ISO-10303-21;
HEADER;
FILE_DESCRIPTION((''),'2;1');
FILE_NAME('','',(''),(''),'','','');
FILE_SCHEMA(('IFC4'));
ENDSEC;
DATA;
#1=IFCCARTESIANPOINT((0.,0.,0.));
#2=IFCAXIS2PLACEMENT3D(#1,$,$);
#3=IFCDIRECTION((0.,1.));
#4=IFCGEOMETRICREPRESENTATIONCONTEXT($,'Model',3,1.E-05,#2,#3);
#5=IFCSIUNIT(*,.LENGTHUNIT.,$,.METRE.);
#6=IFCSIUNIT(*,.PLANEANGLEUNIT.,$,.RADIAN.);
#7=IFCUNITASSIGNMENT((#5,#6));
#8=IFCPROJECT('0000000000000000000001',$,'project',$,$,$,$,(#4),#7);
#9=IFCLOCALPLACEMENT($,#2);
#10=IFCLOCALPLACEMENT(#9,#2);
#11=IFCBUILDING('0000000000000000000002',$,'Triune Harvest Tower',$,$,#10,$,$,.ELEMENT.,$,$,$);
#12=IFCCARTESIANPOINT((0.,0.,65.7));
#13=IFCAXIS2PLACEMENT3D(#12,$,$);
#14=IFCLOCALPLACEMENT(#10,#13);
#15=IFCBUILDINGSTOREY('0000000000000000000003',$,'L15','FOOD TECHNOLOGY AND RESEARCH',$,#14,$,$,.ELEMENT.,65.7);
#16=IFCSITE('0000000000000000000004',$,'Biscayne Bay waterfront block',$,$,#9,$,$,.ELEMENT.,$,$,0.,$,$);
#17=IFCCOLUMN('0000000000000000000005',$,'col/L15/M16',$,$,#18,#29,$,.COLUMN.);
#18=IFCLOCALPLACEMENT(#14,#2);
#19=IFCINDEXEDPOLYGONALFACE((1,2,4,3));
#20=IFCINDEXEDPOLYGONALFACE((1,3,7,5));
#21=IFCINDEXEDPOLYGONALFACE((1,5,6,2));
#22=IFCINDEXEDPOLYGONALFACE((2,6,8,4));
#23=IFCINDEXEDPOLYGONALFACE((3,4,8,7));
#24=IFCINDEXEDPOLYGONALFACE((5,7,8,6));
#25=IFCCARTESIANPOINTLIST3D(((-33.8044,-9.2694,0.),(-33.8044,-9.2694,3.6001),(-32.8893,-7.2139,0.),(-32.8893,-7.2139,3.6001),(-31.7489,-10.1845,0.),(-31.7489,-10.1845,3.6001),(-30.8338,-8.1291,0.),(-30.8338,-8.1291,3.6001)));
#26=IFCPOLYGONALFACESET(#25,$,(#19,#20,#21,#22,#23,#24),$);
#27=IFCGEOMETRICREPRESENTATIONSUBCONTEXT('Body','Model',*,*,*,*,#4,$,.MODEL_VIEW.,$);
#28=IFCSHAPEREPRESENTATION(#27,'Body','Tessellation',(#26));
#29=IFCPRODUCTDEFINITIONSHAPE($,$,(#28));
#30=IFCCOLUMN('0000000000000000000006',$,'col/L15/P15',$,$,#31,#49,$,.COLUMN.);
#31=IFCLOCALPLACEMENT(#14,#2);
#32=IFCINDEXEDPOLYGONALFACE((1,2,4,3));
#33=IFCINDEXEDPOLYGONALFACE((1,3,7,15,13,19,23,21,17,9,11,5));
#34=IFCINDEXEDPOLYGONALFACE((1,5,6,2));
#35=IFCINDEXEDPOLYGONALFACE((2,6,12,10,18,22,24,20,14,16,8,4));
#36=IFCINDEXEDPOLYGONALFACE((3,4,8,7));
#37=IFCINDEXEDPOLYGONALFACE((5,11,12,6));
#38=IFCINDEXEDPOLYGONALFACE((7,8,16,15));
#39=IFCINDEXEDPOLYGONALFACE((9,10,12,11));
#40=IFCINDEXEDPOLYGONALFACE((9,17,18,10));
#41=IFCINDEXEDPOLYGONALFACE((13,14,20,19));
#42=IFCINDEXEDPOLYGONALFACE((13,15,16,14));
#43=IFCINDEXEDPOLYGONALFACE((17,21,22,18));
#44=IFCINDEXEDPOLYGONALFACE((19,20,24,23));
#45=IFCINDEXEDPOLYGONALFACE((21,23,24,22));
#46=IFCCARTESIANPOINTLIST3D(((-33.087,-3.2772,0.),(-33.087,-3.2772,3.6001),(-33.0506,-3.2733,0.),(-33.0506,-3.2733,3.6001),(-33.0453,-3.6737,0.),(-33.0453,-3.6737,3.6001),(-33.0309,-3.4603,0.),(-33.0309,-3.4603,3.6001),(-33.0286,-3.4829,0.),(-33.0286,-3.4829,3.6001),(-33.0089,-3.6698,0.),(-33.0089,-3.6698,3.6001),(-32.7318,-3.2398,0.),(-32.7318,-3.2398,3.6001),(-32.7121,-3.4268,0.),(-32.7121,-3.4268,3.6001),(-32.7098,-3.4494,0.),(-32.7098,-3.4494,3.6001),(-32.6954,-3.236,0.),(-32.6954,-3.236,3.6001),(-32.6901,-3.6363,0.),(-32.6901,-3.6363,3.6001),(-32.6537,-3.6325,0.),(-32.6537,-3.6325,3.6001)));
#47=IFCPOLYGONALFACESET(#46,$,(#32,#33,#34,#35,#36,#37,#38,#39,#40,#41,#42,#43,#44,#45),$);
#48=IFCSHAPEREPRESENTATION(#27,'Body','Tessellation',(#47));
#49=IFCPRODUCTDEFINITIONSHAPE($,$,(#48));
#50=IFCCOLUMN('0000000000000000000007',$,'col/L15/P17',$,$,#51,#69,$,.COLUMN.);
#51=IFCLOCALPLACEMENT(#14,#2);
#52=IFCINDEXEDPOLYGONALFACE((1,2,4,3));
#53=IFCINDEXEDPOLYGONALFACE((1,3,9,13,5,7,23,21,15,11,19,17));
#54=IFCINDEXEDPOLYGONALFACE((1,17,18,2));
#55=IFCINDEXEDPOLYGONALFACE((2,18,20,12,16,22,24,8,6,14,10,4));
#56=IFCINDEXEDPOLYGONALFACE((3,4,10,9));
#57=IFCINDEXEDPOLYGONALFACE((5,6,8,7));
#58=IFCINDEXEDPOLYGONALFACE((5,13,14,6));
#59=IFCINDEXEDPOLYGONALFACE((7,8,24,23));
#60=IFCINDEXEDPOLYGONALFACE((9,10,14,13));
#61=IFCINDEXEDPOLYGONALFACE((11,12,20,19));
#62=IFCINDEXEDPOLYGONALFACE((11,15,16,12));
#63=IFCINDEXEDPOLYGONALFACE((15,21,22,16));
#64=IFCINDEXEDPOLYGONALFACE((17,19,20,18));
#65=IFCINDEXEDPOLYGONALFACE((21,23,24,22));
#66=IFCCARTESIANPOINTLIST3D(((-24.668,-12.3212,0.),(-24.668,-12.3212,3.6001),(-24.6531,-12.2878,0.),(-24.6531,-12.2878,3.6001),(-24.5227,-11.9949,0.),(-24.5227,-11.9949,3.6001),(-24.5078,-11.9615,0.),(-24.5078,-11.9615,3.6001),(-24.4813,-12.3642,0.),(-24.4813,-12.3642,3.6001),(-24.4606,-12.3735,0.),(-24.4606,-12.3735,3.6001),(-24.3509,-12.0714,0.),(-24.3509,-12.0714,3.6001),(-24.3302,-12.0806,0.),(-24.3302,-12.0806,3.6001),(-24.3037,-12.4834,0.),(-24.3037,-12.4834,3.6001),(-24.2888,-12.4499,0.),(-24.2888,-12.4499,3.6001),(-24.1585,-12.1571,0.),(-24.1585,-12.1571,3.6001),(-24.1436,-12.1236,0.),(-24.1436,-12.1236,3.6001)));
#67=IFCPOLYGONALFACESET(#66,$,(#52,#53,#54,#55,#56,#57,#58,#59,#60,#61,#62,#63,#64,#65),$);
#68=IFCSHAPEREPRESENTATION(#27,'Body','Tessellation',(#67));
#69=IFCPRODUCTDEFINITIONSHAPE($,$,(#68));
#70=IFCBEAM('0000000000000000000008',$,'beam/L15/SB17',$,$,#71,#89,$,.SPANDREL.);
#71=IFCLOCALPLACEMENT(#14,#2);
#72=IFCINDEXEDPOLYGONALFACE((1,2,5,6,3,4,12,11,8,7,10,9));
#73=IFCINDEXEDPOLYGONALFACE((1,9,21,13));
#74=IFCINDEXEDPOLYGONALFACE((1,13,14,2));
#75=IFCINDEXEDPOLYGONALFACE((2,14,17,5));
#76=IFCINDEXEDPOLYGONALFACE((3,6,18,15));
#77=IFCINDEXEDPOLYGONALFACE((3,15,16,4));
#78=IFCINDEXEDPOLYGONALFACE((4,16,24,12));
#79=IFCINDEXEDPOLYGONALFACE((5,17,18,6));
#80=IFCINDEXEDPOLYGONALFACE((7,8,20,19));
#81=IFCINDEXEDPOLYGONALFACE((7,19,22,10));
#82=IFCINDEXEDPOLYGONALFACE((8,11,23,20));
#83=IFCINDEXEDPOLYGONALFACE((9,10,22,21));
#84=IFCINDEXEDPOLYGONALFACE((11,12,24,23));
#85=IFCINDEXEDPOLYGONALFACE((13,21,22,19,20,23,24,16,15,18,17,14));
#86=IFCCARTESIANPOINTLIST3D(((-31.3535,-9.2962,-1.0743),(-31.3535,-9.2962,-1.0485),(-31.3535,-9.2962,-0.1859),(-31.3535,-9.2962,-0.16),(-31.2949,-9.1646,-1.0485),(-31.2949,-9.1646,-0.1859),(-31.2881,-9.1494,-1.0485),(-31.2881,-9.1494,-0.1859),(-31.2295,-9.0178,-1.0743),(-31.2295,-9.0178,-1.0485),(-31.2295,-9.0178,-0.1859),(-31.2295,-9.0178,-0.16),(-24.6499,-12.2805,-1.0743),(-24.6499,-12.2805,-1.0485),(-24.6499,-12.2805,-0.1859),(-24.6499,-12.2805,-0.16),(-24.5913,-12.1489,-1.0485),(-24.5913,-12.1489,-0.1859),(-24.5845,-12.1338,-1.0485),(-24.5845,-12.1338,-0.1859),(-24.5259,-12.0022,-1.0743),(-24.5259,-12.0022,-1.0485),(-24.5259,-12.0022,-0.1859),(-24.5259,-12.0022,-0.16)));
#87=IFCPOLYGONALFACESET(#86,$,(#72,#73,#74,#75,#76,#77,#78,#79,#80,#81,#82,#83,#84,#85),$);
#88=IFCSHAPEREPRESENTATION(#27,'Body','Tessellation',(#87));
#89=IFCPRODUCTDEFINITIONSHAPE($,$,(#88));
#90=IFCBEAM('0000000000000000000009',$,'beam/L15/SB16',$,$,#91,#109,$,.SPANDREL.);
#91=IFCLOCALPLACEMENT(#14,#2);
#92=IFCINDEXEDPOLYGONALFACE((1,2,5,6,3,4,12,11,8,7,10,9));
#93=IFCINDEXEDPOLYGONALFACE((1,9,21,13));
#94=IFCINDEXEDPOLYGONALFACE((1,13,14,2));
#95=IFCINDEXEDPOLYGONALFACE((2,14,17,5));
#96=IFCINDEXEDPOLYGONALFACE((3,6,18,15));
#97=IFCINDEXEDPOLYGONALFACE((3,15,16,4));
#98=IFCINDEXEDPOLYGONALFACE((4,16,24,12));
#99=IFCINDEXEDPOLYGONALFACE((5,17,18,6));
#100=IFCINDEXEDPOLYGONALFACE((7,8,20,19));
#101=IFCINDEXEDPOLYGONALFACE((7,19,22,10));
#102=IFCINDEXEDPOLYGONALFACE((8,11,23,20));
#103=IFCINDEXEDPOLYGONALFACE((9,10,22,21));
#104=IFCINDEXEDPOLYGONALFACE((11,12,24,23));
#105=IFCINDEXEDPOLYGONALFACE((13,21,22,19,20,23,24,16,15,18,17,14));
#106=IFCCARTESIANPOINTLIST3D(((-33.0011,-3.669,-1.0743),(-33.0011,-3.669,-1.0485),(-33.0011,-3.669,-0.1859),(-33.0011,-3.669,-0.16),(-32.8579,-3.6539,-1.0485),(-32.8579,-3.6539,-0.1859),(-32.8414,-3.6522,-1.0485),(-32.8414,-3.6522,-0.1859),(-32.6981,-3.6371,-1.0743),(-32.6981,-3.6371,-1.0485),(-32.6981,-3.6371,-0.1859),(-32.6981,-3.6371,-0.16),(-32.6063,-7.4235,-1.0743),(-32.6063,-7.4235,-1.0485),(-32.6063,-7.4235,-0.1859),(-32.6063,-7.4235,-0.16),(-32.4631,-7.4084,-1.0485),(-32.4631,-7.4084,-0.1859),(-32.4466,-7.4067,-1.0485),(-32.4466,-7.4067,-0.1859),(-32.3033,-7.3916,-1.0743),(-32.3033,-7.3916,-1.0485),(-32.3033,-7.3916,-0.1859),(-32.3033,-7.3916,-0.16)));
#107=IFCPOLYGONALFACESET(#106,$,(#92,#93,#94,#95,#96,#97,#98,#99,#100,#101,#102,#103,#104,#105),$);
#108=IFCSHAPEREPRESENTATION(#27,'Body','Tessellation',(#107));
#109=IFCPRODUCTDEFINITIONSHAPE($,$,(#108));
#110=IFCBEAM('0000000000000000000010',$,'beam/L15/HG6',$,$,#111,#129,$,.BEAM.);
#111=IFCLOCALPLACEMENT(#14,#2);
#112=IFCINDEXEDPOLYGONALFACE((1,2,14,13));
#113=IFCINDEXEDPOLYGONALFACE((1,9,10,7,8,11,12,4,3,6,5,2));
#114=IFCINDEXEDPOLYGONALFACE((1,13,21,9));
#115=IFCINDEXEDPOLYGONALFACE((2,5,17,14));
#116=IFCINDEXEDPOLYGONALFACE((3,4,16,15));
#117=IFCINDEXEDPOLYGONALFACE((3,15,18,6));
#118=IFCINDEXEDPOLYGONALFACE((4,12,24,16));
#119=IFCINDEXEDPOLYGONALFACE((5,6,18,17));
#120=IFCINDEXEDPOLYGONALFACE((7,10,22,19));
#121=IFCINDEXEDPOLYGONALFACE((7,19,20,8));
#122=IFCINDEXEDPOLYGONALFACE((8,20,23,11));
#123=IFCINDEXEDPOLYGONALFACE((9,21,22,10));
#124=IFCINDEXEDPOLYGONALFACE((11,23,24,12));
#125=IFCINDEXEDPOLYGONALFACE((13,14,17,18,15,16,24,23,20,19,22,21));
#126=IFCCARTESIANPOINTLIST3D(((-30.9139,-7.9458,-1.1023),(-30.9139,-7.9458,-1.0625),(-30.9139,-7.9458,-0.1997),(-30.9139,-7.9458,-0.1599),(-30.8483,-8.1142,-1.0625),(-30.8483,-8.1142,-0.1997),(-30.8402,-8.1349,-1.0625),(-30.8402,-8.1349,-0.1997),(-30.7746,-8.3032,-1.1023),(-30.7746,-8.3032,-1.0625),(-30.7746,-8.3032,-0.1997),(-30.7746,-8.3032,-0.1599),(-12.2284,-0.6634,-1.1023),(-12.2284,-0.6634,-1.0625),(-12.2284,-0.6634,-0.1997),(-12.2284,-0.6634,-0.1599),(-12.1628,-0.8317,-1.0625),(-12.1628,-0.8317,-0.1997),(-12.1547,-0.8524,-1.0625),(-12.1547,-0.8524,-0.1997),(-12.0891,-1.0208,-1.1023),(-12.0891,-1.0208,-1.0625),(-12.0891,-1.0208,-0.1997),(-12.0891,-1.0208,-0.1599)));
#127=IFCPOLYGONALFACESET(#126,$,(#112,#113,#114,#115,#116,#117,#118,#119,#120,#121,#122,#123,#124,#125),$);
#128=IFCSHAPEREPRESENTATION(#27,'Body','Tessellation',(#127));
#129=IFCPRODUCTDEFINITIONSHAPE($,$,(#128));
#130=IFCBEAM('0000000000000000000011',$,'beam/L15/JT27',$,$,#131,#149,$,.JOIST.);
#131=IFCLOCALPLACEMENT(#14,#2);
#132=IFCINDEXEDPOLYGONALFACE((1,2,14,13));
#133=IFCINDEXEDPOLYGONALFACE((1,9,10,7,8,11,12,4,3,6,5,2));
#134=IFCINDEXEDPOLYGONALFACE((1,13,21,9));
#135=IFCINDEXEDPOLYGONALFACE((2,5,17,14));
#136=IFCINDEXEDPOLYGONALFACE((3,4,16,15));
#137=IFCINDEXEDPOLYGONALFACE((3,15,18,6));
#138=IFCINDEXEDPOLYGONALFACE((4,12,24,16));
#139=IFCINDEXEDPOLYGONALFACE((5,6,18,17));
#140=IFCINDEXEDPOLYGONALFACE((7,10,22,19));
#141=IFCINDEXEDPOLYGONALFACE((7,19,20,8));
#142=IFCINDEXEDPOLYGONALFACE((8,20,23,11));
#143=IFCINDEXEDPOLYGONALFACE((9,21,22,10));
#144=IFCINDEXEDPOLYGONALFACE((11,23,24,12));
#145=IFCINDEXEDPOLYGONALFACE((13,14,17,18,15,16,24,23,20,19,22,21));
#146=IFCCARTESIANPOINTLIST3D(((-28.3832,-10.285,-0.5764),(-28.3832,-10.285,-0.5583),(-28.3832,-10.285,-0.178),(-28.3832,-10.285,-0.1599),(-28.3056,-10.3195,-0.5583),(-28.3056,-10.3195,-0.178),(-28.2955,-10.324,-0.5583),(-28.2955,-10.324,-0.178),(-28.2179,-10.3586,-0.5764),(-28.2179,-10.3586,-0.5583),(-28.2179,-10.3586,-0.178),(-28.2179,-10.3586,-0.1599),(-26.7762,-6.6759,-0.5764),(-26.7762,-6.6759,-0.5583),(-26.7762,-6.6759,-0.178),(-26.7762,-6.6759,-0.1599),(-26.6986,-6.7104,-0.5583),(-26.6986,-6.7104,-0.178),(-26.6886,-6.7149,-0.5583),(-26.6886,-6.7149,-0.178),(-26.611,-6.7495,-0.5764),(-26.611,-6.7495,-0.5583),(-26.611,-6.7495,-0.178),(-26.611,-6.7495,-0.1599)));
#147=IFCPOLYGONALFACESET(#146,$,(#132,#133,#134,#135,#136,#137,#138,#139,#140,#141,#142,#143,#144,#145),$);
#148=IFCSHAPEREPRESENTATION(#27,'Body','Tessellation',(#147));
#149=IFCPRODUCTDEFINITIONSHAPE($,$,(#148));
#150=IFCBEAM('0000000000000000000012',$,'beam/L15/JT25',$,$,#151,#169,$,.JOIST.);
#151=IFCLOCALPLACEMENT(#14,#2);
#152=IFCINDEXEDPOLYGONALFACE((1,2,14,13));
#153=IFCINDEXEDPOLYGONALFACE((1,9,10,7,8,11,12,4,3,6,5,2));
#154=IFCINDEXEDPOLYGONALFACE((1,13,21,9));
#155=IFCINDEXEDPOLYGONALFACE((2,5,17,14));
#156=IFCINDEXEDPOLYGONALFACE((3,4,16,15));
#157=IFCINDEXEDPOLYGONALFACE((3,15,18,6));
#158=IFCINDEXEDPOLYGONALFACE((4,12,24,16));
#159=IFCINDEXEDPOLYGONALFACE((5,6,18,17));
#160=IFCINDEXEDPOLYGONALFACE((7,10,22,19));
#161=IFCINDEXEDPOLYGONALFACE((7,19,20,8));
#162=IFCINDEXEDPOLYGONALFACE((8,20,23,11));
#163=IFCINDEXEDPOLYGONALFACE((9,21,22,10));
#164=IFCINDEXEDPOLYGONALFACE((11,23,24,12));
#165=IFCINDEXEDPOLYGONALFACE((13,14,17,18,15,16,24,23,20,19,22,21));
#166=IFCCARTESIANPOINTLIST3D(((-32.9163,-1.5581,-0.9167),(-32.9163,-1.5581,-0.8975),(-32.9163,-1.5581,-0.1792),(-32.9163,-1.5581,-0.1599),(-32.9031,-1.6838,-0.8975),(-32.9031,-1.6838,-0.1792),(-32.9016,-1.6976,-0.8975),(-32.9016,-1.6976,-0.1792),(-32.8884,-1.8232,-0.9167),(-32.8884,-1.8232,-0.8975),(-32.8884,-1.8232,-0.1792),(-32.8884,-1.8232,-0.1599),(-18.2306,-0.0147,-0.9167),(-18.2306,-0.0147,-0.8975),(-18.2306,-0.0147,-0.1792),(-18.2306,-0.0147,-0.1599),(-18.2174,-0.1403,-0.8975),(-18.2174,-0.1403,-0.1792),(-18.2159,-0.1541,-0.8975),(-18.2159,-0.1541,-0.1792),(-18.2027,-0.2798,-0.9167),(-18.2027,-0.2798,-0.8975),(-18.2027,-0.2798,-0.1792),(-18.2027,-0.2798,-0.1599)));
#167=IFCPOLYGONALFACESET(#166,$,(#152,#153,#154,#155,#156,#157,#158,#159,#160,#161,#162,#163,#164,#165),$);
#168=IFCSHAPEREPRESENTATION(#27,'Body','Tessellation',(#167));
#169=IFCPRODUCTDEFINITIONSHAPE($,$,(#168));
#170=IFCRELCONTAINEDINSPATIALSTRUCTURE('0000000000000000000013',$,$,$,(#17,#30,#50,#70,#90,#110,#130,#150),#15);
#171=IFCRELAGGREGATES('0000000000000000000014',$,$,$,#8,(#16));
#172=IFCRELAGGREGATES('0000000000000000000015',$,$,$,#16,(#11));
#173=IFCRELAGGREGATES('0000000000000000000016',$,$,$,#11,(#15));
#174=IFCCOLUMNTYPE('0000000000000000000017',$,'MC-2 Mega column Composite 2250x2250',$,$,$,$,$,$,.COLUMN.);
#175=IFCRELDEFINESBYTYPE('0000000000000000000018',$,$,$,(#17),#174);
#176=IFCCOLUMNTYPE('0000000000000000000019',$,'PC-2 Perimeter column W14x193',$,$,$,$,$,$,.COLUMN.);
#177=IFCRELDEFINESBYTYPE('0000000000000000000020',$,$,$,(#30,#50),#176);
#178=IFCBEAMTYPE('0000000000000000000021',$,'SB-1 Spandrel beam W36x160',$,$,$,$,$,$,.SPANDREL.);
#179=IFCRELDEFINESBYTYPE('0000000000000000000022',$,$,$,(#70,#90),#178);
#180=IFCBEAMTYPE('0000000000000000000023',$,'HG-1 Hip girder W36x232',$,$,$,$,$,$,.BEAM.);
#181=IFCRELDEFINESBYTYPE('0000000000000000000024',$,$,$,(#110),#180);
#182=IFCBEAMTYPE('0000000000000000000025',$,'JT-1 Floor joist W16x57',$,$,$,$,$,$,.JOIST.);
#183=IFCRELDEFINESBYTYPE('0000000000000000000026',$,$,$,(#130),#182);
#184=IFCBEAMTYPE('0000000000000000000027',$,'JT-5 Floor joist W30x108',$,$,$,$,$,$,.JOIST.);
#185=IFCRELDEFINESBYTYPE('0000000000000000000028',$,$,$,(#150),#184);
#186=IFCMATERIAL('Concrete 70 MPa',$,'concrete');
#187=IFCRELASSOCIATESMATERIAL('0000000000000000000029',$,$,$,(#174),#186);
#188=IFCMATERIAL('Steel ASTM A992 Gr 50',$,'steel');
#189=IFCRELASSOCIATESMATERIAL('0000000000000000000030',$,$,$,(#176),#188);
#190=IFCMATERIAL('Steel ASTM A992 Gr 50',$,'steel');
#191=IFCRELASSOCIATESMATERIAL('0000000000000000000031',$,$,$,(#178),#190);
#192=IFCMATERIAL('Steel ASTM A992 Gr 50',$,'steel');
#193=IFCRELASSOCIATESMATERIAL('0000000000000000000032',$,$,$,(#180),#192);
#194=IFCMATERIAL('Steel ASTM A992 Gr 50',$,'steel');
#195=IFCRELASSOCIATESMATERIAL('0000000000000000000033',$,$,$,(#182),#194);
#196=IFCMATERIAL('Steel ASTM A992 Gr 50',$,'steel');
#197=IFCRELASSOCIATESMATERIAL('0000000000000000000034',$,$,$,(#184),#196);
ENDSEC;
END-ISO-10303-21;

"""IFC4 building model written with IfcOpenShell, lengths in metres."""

from ifc_helpers import new_model, si_unit, direction, frame, origin, origin_2d, place, context, subcontext, project, spatial, rectangle, i_section, extrude, source, transform, mapped, material, material_profile, profile_set, type_object, element, save


model = new_model("IFC4")

# Units and contexts
model_context = context("Model", 3, precision=1e-05, world=origin(), true_north=direction((0.0, 1.0)))
body_context = subcontext(model_context, "Body", "Model", "MODEL_VIEW")
ifc_project = project(units=[si_unit("LENGTHUNIT", "METRE"), si_unit("PLANEANGLEUNIT", "RADIAN")], contexts=[model_context])

# Site, building, storey
site_placement = place(None, origin())
site = spatial("IfcSite", under=ifc_project, at=site_placement, Name="Biscayne Bay waterfront block", CompositionType="ELEMENT", RefElevation=0.0)
building_placement = place(site_placement, origin())
building = spatial("IfcBuilding", under=site, at=building_placement, Name="Triune Harvest Tower", CompositionType="ELEMENT")
storey_placement = place(building_placement, frame((0.0, 0.0, 65.7)))
storey = spatial("IfcBuildingStorey", under=building, at=storey_placement, Name="L15", Description="FOOD TECHNOLOGY AND RESEARCH", CompositionType="ELEMENT", Elevation=65.7)

# Columns
ifc_material_1 = material(Name="Concrete 70 MPa", Category="concrete")
ifc_material_profile_1 = material_profile(ifc_material_1, rectangle(XDim=2.25, YDim=2.25, at=origin_2d()), Name="Composite 2250x2250")
ifc_profile_set_1 = profile_set([ifc_material_profile_1], Name="Concrete 70 MPa")
column_type_1 = type_object("IfcColumnType", Name="MC-2 Mega column Composite 2250x2250", PredefinedType="COLUMN", material=ifc_profile_set_1)
shared_shape_1 = source(origin(), body_context, "Body", "SweptSolid", [
    extrude(rectangle(XDim=2.25, YDim=2.25, at=origin_2d()), origin(), (0.0, 0.0, 1.0), 3.6001),
])
column_placement = place(storey_placement, frame((-32.3191, -8.6992, 0.0), z_axis=(0.0, 0.0, 1.0), x_axis=(0.913545, -0.406737, 0.0)))
element("IfcColumn", 1, at=column_placement, inside=storey, type_object=column_type_1, Name="col/L15/M16", PredefinedType="COLUMN", context=body_context, shape_type="MappedRepresentation", body=[
    mapped(shared_shape_1, transform((0.0, 0.0, 0.0), scale=1.0)),
])
ifc_material_2 = material(Name="Steel ASTM A992 Gr 50", Category="steel")
ifc_material_profile_2 = material_profile(ifc_material_2, i_section(OverallWidth=0.3987, OverallDepth=0.3938, WebThickness=0.0227, FlangeThickness=0.0366, at=origin_2d()), Name="W14x193")
ifc_profile_set_2 = profile_set([ifc_material_profile_2], Name="Steel ASTM A992 Gr 50")
column_type_2 = type_object("IfcColumnType", Name="PC-2 Perimeter column W14x193", PredefinedType="COLUMN", material=ifc_profile_set_2)
shared_shape_2 = source(origin(), body_context, "Body", "SweptSolid", [
    extrude(i_section(OverallWidth=0.3987, OverallDepth=0.3938, WebThickness=0.0227, FlangeThickness=0.0366, at=origin_2d()), origin(), (0.0, 0.0, 1.0), 3.6001),
])
for number, where, z_axis, x_axis, name in (
    (2, (-32.8704, -3.4548, 0.0), (0.0, 0.0, 1.0), (0.104528, -0.994522, 0.0), "col/L15/P15"),
    (3, (-24.4058, -12.2224, 0.0), (0.0, 0.0, 1.0), (0.913545, -0.406737, 0.0), "col/L15/P17"),
):
    element("IfcColumn", number, at=place(storey_placement, frame(where, z_axis=z_axis, x_axis=x_axis)), inside=storey, type_object=column_type_2, Name=name, PredefinedType="COLUMN", context=body_context, shape_type="MappedRepresentation", body=[
        mapped(shared_shape_2, transform((0.0, 0.0, 0.0), scale=1.0)),
    ])

# Beams
ifc_material_3 = material(Name="Steel ASTM A992 Gr 50", Category="steel")
ifc_material_profile_3 = material_profile(ifc_material_3, i_section(OverallWidth=0.3047, OverallDepth=0.9143, WebThickness=0.0166, FlangeThickness=0.0259, at=origin_2d()), Name="W36x160")
ifc_profile_set_3 = profile_set([ifc_material_profile_3], Name="Steel ASTM A992 Gr 50")
beam_type_1 = type_object("IfcBeamType", Name="SB-1 Spandrel beam W36x160", PredefinedType="SPANDREL", material=ifc_profile_set_3)
shared_shape_3 = source(origin(), body_context, "Body", "SweptSolid", [
    extrude(i_section(OverallWidth=0.3047, OverallDepth=0.9143, WebThickness=0.0166, FlangeThickness=0.0259, at=origin_2d()), origin(), (0.0, 0.0, 1.0), 7.3379),
])
beam_1_placement = place(storey_placement, frame((-31.2915, -9.157, -0.6172), z_axis=(0.913559, -0.406706, 0.0), x_axis=(0.406706, 0.913559, 0.0)))
element("IfcBeam", 4, at=beam_1_placement, inside=storey, type_object=beam_type_1, Name="beam/L15/SB17", PredefinedType="SPANDREL", context=body_context, shape_type="MappedRepresentation", body=[
    mapped(shared_shape_3, transform((0.0, 0.0, 0.0), scale=1.0)),
])
shared_shape_4 = source(origin(), body_context, "Body", "SweptSolid", [
    extrude(i_section(OverallWidth=0.3047, OverallDepth=0.9143, WebThickness=0.0166, FlangeThickness=0.0259, at=origin_2d()), origin(), (0.0, 0.0, 1.0), 3.7751),
])
beam_2_placement = place(storey_placement, frame((-32.8496, -3.6531, -0.6172), z_axis=(0.104574, -0.994517, 0.0), x_axis=(0.994517, 0.104574, 0.0)))
element("IfcBeam", 5, at=beam_2_placement, inside=storey, type_object=beam_type_1, Name="beam/L15/SB16", PredefinedType="SPANDREL", context=body_context, shape_type="MappedRepresentation", body=[
    mapped(shared_shape_4, transform((0.0, 0.0, 0.0), scale=1.0)),
])
ifc_material_4 = material(Name="Steel ASTM A992 Gr 50", Category="steel")
ifc_material_profile_4 = material_profile(ifc_material_4, i_section(OverallWidth=0.3835, OverallDepth=0.9424, WebThickness=0.0222, FlangeThickness=0.0398, at=origin_2d()), Name="W36x232")
ifc_profile_set_4 = profile_set([ifc_material_profile_4], Name="Steel ASTM A992 Gr 50")
beam_type_2 = type_object("IfcBeamType", Name="HG-1 Hip girder W36x232", PredefinedType="BEAM", material=ifc_profile_set_4)
shared_shape_5 = source(origin(), body_context, "Body", "SweptSolid", [
    extrude(i_section(OverallWidth=0.3835, OverallDepth=0.9424, WebThickness=0.0222, FlangeThickness=0.0398, at=origin_2d()), origin(), (0.0, 0.0, 1.0), 20.0544),
])
beam_3_placement = place(storey_placement, frame((-30.8442, -8.1245, -0.6311), z_axis=(0.931737, 0.363134, 0.0), x_axis=(-0.363134, 0.931737, 0.0)))
element("IfcBeam", 6, at=beam_3_placement, inside=storey, type_object=beam_type_2, Name="beam/L15/HG6", PredefinedType="BEAM", context=body_context, shape_type="MappedRepresentation", body=[
    mapped(shared_shape_5, transform((0.0, 0.0, 0.0), scale=1.0)),
])
ifc_material_5 = material(Name="Steel ASTM A992 Gr 50", Category="steel")
ifc_material_profile_5 = material_profile(ifc_material_5, i_section(OverallWidth=0.1809, OverallDepth=0.4165, WebThickness=0.011, FlangeThickness=0.0181, at=origin_2d()), Name="W16x57")
ifc_profile_set_5 = profile_set([ifc_material_profile_5], Name="Steel ASTM A992 Gr 50")
beam_type_3 = type_object("IfcBeamType", Name="JT-1 Floor joist W16x57", PredefinedType="JOIST", material=ifc_profile_set_5)
shared_shape_6 = source(origin(), body_context, "Body", "SweptSolid", [
    extrude(i_section(OverallWidth=0.1809, OverallDepth=0.4165, WebThickness=0.011, FlangeThickness=0.0181, at=origin_2d()), origin(), (0.0, 0.0, 1.0), 3.9507),
])
beam_4_placement = place(storey_placement, frame((-28.3005, -10.3218, -0.3682), z_axis=(0.406746, 0.913541, 0.0), x_axis=(-0.913541, 0.406746, 0.0)))
element("IfcBeam", 7, at=beam_4_placement, inside=storey, type_object=beam_type_3, Name="beam/L15/JT27", PredefinedType="JOIST", context=body_context, shape_type="MappedRepresentation", body=[
    mapped(shared_shape_6, transform((0.0, 0.0, 0.0), scale=1.0)),
])
ifc_material_6 = material(Name="Steel ASTM A992 Gr 50", Category="steel")
ifc_material_profile_6 = material_profile(ifc_material_6, i_section(OverallWidth=0.2666, OverallDepth=0.7568, WebThickness=0.0139, FlangeThickness=0.0193, at=origin_2d()), Name="W30x108")
ifc_profile_set_6 = profile_set([ifc_material_profile_6], Name="Steel ASTM A992 Gr 50")
beam_type_4 = type_object("IfcBeamType", Name="JT-5 Floor joist W30x108", PredefinedType="JOIST", material=ifc_profile_set_6)
shared_shape_7 = source(origin(), body_context, "Body", "SweptSolid", [
    extrude(i_section(OverallWidth=0.2666, OverallDepth=0.7568, WebThickness=0.0139, FlangeThickness=0.0193, at=origin_2d()), origin(), (0.0, 0.0, 1.0), 14.7666),
])
beam_5_placement = place(storey_placement, frame((-32.9023, -1.6907, -0.5383), z_axis=(0.994522, 0.104523, 0.0), x_axis=(-0.104523, 0.994522, 0.0)))
element("IfcBeam", 8, at=beam_5_placement, inside=storey, type_object=beam_type_4, Name="beam/L15/JT25", PredefinedType="JOIST", context=body_context, shape_type="MappedRepresentation", body=[
    mapped(shared_shape_7, transform((0.0, 0.0, 0.0), scale=1.0)),
])

save(model, "model.ifc")
